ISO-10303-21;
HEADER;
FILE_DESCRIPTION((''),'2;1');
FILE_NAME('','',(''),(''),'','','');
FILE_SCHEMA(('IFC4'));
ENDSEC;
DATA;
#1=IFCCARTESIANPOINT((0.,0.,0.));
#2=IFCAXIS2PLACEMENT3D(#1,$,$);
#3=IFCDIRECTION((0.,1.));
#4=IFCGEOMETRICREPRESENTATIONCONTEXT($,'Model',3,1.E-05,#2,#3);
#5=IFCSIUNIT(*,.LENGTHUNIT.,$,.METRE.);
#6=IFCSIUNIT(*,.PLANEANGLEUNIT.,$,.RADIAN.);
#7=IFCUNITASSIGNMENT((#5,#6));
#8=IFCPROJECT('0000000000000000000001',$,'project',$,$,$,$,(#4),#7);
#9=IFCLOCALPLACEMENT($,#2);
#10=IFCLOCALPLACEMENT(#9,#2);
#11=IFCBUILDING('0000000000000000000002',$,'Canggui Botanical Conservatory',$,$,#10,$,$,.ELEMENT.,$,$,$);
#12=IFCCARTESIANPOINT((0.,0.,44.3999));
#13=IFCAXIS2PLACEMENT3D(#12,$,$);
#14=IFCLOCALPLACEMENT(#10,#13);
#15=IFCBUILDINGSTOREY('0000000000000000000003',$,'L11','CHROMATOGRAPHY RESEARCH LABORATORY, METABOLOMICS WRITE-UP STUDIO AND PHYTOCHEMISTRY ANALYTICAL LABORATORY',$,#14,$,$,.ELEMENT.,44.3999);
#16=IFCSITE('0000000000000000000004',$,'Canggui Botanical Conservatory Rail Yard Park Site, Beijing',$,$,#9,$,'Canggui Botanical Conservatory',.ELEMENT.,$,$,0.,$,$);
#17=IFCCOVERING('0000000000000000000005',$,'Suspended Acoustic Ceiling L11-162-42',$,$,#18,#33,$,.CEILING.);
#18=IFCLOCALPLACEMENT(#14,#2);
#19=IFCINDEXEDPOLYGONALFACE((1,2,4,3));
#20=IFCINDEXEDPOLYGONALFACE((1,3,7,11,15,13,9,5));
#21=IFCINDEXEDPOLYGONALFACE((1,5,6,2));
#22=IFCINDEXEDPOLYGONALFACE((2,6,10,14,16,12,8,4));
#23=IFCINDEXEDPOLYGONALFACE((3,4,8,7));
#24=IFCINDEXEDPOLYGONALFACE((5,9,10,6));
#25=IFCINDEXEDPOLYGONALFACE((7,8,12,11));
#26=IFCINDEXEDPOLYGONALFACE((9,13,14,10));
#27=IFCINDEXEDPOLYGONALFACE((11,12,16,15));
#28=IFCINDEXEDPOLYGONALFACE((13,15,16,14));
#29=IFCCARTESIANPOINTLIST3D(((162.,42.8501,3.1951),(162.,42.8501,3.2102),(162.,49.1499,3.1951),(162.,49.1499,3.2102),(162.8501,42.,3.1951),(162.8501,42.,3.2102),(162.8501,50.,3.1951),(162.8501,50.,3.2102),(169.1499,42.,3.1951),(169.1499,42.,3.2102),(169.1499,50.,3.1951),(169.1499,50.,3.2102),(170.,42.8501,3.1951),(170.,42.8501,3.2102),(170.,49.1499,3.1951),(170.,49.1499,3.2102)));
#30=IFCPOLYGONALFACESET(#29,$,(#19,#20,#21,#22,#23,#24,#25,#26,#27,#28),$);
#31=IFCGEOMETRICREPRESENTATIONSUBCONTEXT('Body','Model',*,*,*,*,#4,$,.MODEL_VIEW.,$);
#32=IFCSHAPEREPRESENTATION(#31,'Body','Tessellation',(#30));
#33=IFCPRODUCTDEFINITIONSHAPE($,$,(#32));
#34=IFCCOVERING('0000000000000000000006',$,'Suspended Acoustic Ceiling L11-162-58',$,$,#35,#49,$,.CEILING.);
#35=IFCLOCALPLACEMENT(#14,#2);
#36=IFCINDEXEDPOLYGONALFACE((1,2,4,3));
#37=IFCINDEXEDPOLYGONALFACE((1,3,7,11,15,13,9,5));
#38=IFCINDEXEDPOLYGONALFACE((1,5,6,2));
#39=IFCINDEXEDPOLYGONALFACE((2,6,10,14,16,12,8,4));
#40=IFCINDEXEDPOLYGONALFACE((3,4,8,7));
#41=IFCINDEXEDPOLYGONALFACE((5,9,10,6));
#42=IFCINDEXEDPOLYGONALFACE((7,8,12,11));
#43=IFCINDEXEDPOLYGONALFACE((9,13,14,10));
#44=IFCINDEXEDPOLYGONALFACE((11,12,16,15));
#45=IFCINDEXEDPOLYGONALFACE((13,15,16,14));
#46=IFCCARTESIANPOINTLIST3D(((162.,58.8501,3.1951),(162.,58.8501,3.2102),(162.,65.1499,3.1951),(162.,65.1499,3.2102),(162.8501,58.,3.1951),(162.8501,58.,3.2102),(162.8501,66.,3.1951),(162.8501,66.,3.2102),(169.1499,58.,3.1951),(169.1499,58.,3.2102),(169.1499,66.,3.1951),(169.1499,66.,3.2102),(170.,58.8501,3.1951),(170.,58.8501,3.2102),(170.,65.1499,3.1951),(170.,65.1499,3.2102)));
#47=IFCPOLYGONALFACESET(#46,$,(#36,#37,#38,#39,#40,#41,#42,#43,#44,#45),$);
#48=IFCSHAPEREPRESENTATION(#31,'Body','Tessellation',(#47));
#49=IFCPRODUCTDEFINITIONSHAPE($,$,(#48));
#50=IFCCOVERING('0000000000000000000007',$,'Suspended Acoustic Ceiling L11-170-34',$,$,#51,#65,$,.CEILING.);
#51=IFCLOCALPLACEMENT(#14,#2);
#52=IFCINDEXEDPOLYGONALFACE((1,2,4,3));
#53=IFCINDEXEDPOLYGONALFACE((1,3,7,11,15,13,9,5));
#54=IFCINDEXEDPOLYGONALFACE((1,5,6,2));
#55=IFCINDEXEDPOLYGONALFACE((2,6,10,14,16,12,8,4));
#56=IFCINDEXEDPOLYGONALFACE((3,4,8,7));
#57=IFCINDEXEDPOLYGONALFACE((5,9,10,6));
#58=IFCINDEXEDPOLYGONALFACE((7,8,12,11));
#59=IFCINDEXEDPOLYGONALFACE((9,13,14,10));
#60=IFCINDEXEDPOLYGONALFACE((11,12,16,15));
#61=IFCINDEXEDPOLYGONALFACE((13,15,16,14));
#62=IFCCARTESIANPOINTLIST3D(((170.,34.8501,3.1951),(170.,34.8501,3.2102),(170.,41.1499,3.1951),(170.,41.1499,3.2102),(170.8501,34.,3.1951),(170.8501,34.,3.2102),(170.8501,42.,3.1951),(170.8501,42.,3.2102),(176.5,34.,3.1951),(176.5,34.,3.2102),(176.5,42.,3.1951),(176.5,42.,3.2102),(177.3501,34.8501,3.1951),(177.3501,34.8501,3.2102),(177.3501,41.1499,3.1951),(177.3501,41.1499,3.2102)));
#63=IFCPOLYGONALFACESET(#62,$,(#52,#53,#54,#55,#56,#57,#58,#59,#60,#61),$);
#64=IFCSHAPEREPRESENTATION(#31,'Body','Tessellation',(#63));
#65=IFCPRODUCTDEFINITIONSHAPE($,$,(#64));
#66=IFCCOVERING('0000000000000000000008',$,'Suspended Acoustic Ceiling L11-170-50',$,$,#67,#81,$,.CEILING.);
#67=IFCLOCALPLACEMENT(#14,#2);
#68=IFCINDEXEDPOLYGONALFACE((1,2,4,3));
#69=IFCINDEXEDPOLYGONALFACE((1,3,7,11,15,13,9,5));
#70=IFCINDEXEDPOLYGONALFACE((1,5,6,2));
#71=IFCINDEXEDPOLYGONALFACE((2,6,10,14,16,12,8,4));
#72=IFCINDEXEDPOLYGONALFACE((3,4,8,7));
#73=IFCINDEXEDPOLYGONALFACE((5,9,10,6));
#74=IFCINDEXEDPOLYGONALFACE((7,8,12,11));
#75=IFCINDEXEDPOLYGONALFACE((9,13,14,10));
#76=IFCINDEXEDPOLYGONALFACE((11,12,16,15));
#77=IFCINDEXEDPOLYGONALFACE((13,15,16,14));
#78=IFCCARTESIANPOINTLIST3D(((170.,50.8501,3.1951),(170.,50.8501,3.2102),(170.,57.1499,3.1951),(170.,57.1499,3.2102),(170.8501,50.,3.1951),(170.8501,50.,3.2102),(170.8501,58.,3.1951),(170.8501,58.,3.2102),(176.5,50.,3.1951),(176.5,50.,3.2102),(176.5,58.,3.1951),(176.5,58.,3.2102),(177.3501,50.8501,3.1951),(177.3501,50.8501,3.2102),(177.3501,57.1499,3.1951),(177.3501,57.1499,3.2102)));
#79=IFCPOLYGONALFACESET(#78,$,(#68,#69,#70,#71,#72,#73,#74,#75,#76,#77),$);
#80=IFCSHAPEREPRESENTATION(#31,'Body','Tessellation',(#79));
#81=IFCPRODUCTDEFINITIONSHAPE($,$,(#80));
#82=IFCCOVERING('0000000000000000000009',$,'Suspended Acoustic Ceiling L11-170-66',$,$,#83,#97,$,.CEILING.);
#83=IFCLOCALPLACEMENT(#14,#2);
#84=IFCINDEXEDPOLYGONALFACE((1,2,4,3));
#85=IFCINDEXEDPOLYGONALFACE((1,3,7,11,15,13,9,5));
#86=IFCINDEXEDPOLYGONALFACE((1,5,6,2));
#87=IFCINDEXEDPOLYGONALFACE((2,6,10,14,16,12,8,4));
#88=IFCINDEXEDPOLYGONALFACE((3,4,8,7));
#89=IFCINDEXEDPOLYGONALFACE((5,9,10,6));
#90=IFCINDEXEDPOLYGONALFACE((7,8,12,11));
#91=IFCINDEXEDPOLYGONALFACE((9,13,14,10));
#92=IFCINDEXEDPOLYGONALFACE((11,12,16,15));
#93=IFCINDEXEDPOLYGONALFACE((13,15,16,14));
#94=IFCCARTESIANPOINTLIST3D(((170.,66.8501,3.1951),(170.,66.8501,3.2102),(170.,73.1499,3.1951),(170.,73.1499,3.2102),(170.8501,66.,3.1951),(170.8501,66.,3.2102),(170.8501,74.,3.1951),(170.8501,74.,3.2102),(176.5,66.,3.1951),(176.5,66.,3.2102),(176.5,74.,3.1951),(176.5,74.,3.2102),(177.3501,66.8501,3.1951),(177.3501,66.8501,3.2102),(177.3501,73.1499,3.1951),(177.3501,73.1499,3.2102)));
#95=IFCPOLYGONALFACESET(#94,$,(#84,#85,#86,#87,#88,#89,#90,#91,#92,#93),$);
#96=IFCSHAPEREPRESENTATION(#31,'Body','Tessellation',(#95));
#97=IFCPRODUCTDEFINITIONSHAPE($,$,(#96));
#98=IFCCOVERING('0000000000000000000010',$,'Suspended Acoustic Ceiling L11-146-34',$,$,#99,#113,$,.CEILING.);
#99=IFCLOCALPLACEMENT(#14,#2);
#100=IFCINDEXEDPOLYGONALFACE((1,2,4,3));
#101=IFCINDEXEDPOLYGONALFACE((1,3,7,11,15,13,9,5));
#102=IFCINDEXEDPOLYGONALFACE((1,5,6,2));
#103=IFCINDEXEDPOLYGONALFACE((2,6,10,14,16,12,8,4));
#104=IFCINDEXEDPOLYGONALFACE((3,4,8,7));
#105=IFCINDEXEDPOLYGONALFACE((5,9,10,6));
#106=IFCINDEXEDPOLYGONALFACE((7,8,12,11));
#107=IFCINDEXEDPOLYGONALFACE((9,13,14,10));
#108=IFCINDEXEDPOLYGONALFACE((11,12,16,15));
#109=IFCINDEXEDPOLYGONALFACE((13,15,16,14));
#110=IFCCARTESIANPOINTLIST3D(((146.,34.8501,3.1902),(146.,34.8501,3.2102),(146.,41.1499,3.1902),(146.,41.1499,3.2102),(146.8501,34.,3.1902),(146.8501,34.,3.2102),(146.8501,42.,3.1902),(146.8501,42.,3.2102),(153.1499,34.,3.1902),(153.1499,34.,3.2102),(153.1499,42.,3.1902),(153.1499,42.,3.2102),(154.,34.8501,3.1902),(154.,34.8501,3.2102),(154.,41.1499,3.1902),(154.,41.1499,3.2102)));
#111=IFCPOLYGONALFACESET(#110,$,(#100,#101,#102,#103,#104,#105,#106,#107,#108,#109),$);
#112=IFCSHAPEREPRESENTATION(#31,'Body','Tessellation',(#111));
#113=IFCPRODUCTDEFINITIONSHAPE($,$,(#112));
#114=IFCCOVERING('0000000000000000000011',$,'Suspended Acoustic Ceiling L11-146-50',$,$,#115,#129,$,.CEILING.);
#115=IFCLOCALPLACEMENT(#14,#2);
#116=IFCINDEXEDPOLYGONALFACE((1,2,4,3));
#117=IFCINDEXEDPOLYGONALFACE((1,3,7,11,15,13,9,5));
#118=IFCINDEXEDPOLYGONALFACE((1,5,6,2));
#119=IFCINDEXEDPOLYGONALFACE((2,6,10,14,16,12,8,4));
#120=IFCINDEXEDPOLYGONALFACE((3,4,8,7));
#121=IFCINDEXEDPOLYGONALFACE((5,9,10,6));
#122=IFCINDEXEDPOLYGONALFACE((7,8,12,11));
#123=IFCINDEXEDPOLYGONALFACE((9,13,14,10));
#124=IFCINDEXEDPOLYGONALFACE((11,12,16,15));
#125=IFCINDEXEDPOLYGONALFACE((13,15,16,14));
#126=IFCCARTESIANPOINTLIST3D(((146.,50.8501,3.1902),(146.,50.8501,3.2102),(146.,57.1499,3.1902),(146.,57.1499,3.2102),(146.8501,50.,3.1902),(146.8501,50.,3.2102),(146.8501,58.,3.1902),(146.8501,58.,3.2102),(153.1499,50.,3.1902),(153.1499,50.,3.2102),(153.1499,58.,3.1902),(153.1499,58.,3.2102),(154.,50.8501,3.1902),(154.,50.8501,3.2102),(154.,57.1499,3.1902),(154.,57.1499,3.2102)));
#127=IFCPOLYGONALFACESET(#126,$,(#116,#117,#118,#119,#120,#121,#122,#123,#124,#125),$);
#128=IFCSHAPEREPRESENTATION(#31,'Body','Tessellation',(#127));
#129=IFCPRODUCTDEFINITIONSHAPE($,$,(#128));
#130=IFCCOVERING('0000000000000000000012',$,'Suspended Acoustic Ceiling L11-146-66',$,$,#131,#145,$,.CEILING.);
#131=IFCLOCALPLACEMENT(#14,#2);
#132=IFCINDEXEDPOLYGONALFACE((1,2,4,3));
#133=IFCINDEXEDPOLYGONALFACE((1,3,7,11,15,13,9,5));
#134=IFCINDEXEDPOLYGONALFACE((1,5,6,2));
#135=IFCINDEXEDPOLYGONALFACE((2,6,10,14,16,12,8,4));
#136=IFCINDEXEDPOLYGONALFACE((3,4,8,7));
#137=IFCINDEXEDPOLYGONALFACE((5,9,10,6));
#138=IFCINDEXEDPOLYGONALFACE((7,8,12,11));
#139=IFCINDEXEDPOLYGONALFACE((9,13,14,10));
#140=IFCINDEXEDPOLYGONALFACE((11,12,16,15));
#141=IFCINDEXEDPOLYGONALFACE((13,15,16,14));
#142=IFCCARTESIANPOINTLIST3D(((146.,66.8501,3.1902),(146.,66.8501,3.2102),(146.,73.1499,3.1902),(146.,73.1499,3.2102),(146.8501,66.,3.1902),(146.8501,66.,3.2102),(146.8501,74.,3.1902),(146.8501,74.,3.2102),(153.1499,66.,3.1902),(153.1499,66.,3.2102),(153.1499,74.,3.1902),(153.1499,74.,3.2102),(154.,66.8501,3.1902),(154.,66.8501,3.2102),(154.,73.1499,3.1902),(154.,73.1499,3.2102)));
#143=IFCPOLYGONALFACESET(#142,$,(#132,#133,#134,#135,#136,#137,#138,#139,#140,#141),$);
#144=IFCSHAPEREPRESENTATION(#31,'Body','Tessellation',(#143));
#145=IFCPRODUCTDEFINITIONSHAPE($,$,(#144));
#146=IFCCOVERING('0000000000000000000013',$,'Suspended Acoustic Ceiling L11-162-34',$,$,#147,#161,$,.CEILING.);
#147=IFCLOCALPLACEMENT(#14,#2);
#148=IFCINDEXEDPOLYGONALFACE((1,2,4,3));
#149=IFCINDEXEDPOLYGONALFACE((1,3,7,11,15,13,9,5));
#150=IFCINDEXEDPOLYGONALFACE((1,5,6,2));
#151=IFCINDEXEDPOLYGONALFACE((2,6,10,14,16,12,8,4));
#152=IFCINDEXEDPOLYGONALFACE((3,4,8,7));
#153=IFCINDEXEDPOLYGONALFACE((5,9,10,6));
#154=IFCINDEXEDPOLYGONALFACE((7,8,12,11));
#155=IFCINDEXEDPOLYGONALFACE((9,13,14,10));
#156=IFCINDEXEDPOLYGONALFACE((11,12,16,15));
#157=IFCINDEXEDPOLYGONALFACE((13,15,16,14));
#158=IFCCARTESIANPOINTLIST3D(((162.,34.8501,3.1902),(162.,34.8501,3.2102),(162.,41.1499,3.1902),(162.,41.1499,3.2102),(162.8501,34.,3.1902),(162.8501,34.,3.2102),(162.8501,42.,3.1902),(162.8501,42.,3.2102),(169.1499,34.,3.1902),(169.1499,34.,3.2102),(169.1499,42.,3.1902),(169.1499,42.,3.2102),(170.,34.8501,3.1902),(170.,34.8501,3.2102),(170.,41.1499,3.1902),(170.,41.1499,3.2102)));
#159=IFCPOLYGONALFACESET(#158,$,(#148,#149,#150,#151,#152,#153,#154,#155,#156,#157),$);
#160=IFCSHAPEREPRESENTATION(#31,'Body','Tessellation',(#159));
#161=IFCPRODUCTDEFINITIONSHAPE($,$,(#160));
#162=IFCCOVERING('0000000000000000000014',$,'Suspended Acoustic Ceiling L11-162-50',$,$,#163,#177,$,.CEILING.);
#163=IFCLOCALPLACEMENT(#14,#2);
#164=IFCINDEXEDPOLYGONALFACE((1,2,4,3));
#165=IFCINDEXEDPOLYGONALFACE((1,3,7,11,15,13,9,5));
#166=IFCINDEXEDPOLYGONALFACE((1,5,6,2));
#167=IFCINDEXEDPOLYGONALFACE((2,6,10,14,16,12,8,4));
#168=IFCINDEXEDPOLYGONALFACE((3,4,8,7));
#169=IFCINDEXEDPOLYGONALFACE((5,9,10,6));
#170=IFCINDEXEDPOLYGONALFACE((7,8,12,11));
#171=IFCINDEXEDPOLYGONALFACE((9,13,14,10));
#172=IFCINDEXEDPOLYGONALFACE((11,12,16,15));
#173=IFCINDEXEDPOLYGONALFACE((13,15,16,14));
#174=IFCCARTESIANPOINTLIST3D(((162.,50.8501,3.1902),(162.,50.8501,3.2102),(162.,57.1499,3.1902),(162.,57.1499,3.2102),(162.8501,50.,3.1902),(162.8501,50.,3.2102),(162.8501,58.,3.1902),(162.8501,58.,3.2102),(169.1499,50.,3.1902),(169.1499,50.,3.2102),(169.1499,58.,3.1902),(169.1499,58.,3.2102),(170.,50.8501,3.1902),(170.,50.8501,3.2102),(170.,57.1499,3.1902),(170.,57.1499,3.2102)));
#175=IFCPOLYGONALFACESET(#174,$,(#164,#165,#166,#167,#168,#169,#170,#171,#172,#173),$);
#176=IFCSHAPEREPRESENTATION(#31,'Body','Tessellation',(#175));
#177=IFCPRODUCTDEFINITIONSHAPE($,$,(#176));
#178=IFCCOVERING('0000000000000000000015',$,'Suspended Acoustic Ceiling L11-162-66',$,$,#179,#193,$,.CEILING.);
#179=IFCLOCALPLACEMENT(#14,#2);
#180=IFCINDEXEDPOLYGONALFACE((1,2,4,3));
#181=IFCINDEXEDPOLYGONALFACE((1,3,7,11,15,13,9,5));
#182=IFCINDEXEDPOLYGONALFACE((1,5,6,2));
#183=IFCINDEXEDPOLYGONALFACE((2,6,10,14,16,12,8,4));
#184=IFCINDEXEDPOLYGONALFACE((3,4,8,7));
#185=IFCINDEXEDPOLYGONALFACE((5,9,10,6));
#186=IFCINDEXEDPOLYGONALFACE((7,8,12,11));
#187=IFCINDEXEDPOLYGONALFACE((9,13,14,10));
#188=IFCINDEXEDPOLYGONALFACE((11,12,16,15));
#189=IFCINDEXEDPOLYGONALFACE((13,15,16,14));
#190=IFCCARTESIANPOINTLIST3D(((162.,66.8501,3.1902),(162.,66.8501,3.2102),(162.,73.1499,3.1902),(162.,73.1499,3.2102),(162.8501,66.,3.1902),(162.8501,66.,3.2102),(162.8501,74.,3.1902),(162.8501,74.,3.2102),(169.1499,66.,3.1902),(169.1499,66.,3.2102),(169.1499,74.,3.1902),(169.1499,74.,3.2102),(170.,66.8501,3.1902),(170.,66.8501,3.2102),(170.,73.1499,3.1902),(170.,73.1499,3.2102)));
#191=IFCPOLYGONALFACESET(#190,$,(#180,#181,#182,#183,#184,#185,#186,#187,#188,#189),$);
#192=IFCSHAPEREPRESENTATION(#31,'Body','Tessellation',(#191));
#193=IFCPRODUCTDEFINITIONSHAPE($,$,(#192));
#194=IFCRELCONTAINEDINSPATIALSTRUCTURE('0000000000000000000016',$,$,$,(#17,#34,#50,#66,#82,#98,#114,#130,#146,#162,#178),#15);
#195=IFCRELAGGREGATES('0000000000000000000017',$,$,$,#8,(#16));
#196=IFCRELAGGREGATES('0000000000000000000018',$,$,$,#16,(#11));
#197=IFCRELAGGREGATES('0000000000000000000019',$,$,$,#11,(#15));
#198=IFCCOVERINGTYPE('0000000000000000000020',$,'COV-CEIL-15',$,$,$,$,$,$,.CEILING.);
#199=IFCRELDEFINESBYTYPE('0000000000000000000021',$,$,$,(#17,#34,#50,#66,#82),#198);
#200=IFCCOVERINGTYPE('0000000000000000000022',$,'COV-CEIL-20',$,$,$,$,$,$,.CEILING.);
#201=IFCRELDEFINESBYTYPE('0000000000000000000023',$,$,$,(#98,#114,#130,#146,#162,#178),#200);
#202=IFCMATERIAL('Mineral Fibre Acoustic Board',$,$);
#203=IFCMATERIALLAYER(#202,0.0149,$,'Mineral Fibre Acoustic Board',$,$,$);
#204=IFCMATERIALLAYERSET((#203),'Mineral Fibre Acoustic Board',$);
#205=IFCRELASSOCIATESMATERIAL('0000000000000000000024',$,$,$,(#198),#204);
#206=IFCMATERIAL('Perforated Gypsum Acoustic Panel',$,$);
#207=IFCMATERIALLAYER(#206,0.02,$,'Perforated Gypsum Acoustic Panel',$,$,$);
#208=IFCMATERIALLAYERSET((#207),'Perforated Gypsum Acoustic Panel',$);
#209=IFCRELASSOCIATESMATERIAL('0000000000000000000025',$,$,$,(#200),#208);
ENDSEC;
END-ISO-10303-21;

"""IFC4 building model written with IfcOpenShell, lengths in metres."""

from ifc_helpers import new_model, si_unit, direction, frame, origin, place, context, subcontext, project, spatial, polyline, outline, extrude, material, layer, layer_set, type_object, element, save


model = new_model("IFC4")

# Units and contexts
model_context = context("Model", 3, precision=1e-05, world=origin(), true_north=direction((0.0, 1.0)))
body_context = subcontext(model_context, "Body", "Model", "MODEL_VIEW")
ifc_project = project(units=[si_unit("LENGTHUNIT", "METRE"), si_unit("PLANEANGLEUNIT", "RADIAN")], contexts=[model_context])

# Site, building, storey
site_placement = place(None, origin())
site = spatial("IfcSite", under=ifc_project, at=site_placement, Name="Canggui Botanical Conservatory Rail Yard Park Site, Beijing", LongName="Canggui Botanical Conservatory", CompositionType="ELEMENT", RefElevation=0.0)
building_placement = place(site_placement, origin())
building = spatial("IfcBuilding", under=site, at=building_placement, Name="Canggui Botanical Conservatory", CompositionType="ELEMENT")
storey_placement = place(building_placement, frame((0.0, 0.0, 44.3999)))
storey = spatial("IfcBuildingStorey", under=building, at=storey_placement, Name="L11", Description="CHROMATOGRAPHY RESEARCH LABORATORY, METABOLOMICS WRITE-UP STUDIO AND PHYTOCHEMISTRY ANALYTICAL LABORATORY", CompositionType="ELEMENT", Elevation=44.3999)

# Coverings
ifc_material_1 = material(Name="Mineral Fibre Acoustic Board")
ifc_layer_1 = layer(ifc_material_1, 0.0149, Name="Mineral Fibre Acoustic Board")
ifc_layer_set_1 = layer_set([ifc_layer_1], Name="Mineral Fibre Acoustic Board")
covering_type_1 = type_object("IfcCoveringType", Name="COV-CEIL-15", PredefinedType="CEILING", material=ifc_layer_set_1)
covering_1_placement = place(storey_placement, frame((0.0, 0.0, 3.1951)))
element("IfcCovering", 1, at=covering_1_placement, inside=storey, type_object=covering_type_1, Name="Suspended Acoustic Ceiling L11-162-42", PredefinedType="CEILING", context=body_context, shape_type="SweptSolid", body=[
    extrude(outline(polyline([(162.8501, 42.0), (169.1499, 42.0), (170.0, 42.8501), (170.0, 49.1499), (169.1499, 50.0), (162.8501, 50.0), (162.0, 49.1499), (162.0, 42.8501), (162.8501, 42.0)])), origin(), (0.0, 0.0, 1.0), 0.0151),
])
covering_2_placement = place(storey_placement, frame((0.0, 0.0, 3.1951)))
element("IfcCovering", 2, at=covering_2_placement, inside=storey, type_object=covering_type_1, Name="Suspended Acoustic Ceiling L11-162-58", PredefinedType="CEILING", context=body_context, shape_type="SweptSolid", body=[
    extrude(outline(polyline([(162.8501, 58.0), (169.1499, 58.0), (170.0, 58.8501), (170.0, 65.1499), (169.1499, 66.0), (162.8501, 66.0), (162.0, 65.1499), (162.0, 58.8501), (162.8501, 58.0)])), origin(), (0.0, 0.0, 1.0), 0.0151),
])
covering_3_placement = place(storey_placement, frame((0.0, 0.0, 3.1951)))
element("IfcCovering", 3, at=covering_3_placement, inside=storey, type_object=covering_type_1, Name="Suspended Acoustic Ceiling L11-170-34", PredefinedType="CEILING", context=body_context, shape_type="SweptSolid", body=[
    extrude(outline(polyline([(170.8501, 34.0), (176.5, 34.0), (177.3501, 34.8501), (177.3501, 41.1499), (176.5, 42.0), (170.8501, 42.0), (170.0, 41.1499), (170.0, 34.8501), (170.8501, 34.0)])), origin(), (0.0, 0.0, 1.0), 0.0151),
])
covering_4_placement = place(storey_placement, frame((0.0, 0.0, 3.1951)))
element("IfcCovering", 4, at=covering_4_placement, inside=storey, type_object=covering_type_1, Name="Suspended Acoustic Ceiling L11-170-50", PredefinedType="CEILING", context=body_context, shape_type="SweptSolid", body=[
    extrude(outline(polyline([(170.8501, 50.0), (176.5, 50.0), (177.3501, 50.8501), (177.3501, 57.1499), (176.5, 58.0), (170.8501, 58.0), (170.0, 57.1499), (170.0, 50.8501), (170.8501, 50.0)])), origin(), (0.0, 0.0, 1.0), 0.0151),
])
covering_5_placement = place(storey_placement, frame((0.0, 0.0, 3.1951)))
element("IfcCovering", 5, at=covering_5_placement, inside=storey, type_object=covering_type_1, Name="Suspended Acoustic Ceiling L11-170-66", PredefinedType="CEILING", context=body_context, shape_type="SweptSolid", body=[
    extrude(outline(polyline([(170.8501, 66.0), (176.5, 66.0), (177.3501, 66.8501), (177.3501, 73.1499), (176.5, 74.0), (170.8501, 74.0), (170.0, 73.1499), (170.0, 66.8501), (170.8501, 66.0)])), origin(), (0.0, 0.0, 1.0), 0.0151),
])
ifc_material_2 = material(Name="Perforated Gypsum Acoustic Panel")
ifc_layer_2 = layer(ifc_material_2, 0.02, Name="Perforated Gypsum Acoustic Panel")
ifc_layer_set_2 = layer_set([ifc_layer_2], Name="Perforated Gypsum Acoustic Panel")
covering_type_2 = type_object("IfcCoveringType", Name="COV-CEIL-20", PredefinedType="CEILING", material=ifc_layer_set_2)
covering_6_placement = place(storey_placement, frame((0.0, 0.0, 3.1902)))
element("IfcCovering", 6, at=covering_6_placement, inside=storey, type_object=covering_type_2, Name="Suspended Acoustic Ceiling L11-146-34", PredefinedType="CEILING", context=body_context, shape_type="SweptSolid", body=[
    extrude(outline(polyline([(146.8501, 34.0), (153.1499, 34.0), (154.0, 34.8501), (154.0, 41.1499), (153.1499, 42.0), (146.8501, 42.0), (146.0, 41.1499), (146.0, 34.8501), (146.8501, 34.0)])), origin(), (0.0, 0.0, 1.0), 0.02),
])
covering_7_placement = place(storey_placement, frame((0.0, 0.0, 3.1902)))
element("IfcCovering", 7, at=covering_7_placement, inside=storey, type_object=covering_type_2, Name="Suspended Acoustic Ceiling L11-146-50", PredefinedType="CEILING", context=body_context, shape_type="SweptSolid", body=[
    extrude(outline(polyline([(146.8501, 50.0), (153.1499, 50.0), (154.0, 50.8501), (154.0, 57.1499), (153.1499, 58.0), (146.8501, 58.0), (146.0, 57.1499), (146.0, 50.8501), (146.8501, 50.0)])), origin(), (0.0, 0.0, 1.0), 0.02),
])
covering_8_placement = place(storey_placement, frame((0.0, 0.0, 3.1902)))
element("IfcCovering", 8, at=covering_8_placement, inside=storey, type_object=covering_type_2, Name="Suspended Acoustic Ceiling L11-146-66", PredefinedType="CEILING", context=body_context, shape_type="SweptSolid", body=[
    extrude(outline(polyline([(146.8501, 66.0), (153.1499, 66.0), (154.0, 66.8501), (154.0, 73.1499), (153.1499, 74.0), (146.8501, 74.0), (146.0, 73.1499), (146.0, 66.8501), (146.8501, 66.0)])), origin(), (0.0, 0.0, 1.0), 0.02),
])
covering_9_placement = place(storey_placement, frame((0.0, 0.0, 3.1902)))
element("IfcCovering", 9, at=covering_9_placement, inside=storey, type_object=covering_type_2, Name="Suspended Acoustic Ceiling L11-162-34", PredefinedType="CEILING", context=body_context, shape_type="SweptSolid", body=[
    extrude(outline(polyline([(162.8501, 34.0), (169.1499, 34.0), (170.0, 34.8501), (170.0, 41.1499), (169.1499, 42.0), (162.8501, 42.0), (162.0, 41.1499), (162.0, 34.8501), (162.8501, 34.0)])), origin(), (0.0, 0.0, 1.0), 0.02),
])
covering_10_placement = place(storey_placement, frame((0.0, 0.0, 3.1902)))
element("IfcCovering", 10, at=covering_10_placement, inside=storey, type_object=covering_type_2, Name="Suspended Acoustic Ceiling L11-162-50", PredefinedType="CEILING", context=body_context, shape_type="SweptSolid", body=[
    extrude(outline(polyline([(162.8501, 50.0), (169.1499, 50.0), (170.0, 50.8501), (170.0, 57.1499), (169.1499, 58.0), (162.8501, 58.0), (162.0, 57.1499), (162.0, 50.8501), (162.8501, 50.0)])), origin(), (0.0, 0.0, 1.0), 0.02),
])
covering_11_placement = place(storey_placement, frame((0.0, 0.0, 3.1902)))
element("IfcCovering", 11, at=covering_11_placement, inside=storey, type_object=covering_type_2, Name="Suspended Acoustic Ceiling L11-162-66", PredefinedType="CEILING", context=body_context, shape_type="SweptSolid", body=[
    extrude(outline(polyline([(162.8501, 66.0), (169.1499, 66.0), (170.0, 66.8501), (170.0, 73.1499), (169.1499, 74.0), (162.8501, 74.0), (162.0, 73.1499), (162.0, 66.8501), (162.8501, 66.0)])), origin(), (0.0, 0.0, 1.0), 0.02),
])

save(model, "model.ifc")
